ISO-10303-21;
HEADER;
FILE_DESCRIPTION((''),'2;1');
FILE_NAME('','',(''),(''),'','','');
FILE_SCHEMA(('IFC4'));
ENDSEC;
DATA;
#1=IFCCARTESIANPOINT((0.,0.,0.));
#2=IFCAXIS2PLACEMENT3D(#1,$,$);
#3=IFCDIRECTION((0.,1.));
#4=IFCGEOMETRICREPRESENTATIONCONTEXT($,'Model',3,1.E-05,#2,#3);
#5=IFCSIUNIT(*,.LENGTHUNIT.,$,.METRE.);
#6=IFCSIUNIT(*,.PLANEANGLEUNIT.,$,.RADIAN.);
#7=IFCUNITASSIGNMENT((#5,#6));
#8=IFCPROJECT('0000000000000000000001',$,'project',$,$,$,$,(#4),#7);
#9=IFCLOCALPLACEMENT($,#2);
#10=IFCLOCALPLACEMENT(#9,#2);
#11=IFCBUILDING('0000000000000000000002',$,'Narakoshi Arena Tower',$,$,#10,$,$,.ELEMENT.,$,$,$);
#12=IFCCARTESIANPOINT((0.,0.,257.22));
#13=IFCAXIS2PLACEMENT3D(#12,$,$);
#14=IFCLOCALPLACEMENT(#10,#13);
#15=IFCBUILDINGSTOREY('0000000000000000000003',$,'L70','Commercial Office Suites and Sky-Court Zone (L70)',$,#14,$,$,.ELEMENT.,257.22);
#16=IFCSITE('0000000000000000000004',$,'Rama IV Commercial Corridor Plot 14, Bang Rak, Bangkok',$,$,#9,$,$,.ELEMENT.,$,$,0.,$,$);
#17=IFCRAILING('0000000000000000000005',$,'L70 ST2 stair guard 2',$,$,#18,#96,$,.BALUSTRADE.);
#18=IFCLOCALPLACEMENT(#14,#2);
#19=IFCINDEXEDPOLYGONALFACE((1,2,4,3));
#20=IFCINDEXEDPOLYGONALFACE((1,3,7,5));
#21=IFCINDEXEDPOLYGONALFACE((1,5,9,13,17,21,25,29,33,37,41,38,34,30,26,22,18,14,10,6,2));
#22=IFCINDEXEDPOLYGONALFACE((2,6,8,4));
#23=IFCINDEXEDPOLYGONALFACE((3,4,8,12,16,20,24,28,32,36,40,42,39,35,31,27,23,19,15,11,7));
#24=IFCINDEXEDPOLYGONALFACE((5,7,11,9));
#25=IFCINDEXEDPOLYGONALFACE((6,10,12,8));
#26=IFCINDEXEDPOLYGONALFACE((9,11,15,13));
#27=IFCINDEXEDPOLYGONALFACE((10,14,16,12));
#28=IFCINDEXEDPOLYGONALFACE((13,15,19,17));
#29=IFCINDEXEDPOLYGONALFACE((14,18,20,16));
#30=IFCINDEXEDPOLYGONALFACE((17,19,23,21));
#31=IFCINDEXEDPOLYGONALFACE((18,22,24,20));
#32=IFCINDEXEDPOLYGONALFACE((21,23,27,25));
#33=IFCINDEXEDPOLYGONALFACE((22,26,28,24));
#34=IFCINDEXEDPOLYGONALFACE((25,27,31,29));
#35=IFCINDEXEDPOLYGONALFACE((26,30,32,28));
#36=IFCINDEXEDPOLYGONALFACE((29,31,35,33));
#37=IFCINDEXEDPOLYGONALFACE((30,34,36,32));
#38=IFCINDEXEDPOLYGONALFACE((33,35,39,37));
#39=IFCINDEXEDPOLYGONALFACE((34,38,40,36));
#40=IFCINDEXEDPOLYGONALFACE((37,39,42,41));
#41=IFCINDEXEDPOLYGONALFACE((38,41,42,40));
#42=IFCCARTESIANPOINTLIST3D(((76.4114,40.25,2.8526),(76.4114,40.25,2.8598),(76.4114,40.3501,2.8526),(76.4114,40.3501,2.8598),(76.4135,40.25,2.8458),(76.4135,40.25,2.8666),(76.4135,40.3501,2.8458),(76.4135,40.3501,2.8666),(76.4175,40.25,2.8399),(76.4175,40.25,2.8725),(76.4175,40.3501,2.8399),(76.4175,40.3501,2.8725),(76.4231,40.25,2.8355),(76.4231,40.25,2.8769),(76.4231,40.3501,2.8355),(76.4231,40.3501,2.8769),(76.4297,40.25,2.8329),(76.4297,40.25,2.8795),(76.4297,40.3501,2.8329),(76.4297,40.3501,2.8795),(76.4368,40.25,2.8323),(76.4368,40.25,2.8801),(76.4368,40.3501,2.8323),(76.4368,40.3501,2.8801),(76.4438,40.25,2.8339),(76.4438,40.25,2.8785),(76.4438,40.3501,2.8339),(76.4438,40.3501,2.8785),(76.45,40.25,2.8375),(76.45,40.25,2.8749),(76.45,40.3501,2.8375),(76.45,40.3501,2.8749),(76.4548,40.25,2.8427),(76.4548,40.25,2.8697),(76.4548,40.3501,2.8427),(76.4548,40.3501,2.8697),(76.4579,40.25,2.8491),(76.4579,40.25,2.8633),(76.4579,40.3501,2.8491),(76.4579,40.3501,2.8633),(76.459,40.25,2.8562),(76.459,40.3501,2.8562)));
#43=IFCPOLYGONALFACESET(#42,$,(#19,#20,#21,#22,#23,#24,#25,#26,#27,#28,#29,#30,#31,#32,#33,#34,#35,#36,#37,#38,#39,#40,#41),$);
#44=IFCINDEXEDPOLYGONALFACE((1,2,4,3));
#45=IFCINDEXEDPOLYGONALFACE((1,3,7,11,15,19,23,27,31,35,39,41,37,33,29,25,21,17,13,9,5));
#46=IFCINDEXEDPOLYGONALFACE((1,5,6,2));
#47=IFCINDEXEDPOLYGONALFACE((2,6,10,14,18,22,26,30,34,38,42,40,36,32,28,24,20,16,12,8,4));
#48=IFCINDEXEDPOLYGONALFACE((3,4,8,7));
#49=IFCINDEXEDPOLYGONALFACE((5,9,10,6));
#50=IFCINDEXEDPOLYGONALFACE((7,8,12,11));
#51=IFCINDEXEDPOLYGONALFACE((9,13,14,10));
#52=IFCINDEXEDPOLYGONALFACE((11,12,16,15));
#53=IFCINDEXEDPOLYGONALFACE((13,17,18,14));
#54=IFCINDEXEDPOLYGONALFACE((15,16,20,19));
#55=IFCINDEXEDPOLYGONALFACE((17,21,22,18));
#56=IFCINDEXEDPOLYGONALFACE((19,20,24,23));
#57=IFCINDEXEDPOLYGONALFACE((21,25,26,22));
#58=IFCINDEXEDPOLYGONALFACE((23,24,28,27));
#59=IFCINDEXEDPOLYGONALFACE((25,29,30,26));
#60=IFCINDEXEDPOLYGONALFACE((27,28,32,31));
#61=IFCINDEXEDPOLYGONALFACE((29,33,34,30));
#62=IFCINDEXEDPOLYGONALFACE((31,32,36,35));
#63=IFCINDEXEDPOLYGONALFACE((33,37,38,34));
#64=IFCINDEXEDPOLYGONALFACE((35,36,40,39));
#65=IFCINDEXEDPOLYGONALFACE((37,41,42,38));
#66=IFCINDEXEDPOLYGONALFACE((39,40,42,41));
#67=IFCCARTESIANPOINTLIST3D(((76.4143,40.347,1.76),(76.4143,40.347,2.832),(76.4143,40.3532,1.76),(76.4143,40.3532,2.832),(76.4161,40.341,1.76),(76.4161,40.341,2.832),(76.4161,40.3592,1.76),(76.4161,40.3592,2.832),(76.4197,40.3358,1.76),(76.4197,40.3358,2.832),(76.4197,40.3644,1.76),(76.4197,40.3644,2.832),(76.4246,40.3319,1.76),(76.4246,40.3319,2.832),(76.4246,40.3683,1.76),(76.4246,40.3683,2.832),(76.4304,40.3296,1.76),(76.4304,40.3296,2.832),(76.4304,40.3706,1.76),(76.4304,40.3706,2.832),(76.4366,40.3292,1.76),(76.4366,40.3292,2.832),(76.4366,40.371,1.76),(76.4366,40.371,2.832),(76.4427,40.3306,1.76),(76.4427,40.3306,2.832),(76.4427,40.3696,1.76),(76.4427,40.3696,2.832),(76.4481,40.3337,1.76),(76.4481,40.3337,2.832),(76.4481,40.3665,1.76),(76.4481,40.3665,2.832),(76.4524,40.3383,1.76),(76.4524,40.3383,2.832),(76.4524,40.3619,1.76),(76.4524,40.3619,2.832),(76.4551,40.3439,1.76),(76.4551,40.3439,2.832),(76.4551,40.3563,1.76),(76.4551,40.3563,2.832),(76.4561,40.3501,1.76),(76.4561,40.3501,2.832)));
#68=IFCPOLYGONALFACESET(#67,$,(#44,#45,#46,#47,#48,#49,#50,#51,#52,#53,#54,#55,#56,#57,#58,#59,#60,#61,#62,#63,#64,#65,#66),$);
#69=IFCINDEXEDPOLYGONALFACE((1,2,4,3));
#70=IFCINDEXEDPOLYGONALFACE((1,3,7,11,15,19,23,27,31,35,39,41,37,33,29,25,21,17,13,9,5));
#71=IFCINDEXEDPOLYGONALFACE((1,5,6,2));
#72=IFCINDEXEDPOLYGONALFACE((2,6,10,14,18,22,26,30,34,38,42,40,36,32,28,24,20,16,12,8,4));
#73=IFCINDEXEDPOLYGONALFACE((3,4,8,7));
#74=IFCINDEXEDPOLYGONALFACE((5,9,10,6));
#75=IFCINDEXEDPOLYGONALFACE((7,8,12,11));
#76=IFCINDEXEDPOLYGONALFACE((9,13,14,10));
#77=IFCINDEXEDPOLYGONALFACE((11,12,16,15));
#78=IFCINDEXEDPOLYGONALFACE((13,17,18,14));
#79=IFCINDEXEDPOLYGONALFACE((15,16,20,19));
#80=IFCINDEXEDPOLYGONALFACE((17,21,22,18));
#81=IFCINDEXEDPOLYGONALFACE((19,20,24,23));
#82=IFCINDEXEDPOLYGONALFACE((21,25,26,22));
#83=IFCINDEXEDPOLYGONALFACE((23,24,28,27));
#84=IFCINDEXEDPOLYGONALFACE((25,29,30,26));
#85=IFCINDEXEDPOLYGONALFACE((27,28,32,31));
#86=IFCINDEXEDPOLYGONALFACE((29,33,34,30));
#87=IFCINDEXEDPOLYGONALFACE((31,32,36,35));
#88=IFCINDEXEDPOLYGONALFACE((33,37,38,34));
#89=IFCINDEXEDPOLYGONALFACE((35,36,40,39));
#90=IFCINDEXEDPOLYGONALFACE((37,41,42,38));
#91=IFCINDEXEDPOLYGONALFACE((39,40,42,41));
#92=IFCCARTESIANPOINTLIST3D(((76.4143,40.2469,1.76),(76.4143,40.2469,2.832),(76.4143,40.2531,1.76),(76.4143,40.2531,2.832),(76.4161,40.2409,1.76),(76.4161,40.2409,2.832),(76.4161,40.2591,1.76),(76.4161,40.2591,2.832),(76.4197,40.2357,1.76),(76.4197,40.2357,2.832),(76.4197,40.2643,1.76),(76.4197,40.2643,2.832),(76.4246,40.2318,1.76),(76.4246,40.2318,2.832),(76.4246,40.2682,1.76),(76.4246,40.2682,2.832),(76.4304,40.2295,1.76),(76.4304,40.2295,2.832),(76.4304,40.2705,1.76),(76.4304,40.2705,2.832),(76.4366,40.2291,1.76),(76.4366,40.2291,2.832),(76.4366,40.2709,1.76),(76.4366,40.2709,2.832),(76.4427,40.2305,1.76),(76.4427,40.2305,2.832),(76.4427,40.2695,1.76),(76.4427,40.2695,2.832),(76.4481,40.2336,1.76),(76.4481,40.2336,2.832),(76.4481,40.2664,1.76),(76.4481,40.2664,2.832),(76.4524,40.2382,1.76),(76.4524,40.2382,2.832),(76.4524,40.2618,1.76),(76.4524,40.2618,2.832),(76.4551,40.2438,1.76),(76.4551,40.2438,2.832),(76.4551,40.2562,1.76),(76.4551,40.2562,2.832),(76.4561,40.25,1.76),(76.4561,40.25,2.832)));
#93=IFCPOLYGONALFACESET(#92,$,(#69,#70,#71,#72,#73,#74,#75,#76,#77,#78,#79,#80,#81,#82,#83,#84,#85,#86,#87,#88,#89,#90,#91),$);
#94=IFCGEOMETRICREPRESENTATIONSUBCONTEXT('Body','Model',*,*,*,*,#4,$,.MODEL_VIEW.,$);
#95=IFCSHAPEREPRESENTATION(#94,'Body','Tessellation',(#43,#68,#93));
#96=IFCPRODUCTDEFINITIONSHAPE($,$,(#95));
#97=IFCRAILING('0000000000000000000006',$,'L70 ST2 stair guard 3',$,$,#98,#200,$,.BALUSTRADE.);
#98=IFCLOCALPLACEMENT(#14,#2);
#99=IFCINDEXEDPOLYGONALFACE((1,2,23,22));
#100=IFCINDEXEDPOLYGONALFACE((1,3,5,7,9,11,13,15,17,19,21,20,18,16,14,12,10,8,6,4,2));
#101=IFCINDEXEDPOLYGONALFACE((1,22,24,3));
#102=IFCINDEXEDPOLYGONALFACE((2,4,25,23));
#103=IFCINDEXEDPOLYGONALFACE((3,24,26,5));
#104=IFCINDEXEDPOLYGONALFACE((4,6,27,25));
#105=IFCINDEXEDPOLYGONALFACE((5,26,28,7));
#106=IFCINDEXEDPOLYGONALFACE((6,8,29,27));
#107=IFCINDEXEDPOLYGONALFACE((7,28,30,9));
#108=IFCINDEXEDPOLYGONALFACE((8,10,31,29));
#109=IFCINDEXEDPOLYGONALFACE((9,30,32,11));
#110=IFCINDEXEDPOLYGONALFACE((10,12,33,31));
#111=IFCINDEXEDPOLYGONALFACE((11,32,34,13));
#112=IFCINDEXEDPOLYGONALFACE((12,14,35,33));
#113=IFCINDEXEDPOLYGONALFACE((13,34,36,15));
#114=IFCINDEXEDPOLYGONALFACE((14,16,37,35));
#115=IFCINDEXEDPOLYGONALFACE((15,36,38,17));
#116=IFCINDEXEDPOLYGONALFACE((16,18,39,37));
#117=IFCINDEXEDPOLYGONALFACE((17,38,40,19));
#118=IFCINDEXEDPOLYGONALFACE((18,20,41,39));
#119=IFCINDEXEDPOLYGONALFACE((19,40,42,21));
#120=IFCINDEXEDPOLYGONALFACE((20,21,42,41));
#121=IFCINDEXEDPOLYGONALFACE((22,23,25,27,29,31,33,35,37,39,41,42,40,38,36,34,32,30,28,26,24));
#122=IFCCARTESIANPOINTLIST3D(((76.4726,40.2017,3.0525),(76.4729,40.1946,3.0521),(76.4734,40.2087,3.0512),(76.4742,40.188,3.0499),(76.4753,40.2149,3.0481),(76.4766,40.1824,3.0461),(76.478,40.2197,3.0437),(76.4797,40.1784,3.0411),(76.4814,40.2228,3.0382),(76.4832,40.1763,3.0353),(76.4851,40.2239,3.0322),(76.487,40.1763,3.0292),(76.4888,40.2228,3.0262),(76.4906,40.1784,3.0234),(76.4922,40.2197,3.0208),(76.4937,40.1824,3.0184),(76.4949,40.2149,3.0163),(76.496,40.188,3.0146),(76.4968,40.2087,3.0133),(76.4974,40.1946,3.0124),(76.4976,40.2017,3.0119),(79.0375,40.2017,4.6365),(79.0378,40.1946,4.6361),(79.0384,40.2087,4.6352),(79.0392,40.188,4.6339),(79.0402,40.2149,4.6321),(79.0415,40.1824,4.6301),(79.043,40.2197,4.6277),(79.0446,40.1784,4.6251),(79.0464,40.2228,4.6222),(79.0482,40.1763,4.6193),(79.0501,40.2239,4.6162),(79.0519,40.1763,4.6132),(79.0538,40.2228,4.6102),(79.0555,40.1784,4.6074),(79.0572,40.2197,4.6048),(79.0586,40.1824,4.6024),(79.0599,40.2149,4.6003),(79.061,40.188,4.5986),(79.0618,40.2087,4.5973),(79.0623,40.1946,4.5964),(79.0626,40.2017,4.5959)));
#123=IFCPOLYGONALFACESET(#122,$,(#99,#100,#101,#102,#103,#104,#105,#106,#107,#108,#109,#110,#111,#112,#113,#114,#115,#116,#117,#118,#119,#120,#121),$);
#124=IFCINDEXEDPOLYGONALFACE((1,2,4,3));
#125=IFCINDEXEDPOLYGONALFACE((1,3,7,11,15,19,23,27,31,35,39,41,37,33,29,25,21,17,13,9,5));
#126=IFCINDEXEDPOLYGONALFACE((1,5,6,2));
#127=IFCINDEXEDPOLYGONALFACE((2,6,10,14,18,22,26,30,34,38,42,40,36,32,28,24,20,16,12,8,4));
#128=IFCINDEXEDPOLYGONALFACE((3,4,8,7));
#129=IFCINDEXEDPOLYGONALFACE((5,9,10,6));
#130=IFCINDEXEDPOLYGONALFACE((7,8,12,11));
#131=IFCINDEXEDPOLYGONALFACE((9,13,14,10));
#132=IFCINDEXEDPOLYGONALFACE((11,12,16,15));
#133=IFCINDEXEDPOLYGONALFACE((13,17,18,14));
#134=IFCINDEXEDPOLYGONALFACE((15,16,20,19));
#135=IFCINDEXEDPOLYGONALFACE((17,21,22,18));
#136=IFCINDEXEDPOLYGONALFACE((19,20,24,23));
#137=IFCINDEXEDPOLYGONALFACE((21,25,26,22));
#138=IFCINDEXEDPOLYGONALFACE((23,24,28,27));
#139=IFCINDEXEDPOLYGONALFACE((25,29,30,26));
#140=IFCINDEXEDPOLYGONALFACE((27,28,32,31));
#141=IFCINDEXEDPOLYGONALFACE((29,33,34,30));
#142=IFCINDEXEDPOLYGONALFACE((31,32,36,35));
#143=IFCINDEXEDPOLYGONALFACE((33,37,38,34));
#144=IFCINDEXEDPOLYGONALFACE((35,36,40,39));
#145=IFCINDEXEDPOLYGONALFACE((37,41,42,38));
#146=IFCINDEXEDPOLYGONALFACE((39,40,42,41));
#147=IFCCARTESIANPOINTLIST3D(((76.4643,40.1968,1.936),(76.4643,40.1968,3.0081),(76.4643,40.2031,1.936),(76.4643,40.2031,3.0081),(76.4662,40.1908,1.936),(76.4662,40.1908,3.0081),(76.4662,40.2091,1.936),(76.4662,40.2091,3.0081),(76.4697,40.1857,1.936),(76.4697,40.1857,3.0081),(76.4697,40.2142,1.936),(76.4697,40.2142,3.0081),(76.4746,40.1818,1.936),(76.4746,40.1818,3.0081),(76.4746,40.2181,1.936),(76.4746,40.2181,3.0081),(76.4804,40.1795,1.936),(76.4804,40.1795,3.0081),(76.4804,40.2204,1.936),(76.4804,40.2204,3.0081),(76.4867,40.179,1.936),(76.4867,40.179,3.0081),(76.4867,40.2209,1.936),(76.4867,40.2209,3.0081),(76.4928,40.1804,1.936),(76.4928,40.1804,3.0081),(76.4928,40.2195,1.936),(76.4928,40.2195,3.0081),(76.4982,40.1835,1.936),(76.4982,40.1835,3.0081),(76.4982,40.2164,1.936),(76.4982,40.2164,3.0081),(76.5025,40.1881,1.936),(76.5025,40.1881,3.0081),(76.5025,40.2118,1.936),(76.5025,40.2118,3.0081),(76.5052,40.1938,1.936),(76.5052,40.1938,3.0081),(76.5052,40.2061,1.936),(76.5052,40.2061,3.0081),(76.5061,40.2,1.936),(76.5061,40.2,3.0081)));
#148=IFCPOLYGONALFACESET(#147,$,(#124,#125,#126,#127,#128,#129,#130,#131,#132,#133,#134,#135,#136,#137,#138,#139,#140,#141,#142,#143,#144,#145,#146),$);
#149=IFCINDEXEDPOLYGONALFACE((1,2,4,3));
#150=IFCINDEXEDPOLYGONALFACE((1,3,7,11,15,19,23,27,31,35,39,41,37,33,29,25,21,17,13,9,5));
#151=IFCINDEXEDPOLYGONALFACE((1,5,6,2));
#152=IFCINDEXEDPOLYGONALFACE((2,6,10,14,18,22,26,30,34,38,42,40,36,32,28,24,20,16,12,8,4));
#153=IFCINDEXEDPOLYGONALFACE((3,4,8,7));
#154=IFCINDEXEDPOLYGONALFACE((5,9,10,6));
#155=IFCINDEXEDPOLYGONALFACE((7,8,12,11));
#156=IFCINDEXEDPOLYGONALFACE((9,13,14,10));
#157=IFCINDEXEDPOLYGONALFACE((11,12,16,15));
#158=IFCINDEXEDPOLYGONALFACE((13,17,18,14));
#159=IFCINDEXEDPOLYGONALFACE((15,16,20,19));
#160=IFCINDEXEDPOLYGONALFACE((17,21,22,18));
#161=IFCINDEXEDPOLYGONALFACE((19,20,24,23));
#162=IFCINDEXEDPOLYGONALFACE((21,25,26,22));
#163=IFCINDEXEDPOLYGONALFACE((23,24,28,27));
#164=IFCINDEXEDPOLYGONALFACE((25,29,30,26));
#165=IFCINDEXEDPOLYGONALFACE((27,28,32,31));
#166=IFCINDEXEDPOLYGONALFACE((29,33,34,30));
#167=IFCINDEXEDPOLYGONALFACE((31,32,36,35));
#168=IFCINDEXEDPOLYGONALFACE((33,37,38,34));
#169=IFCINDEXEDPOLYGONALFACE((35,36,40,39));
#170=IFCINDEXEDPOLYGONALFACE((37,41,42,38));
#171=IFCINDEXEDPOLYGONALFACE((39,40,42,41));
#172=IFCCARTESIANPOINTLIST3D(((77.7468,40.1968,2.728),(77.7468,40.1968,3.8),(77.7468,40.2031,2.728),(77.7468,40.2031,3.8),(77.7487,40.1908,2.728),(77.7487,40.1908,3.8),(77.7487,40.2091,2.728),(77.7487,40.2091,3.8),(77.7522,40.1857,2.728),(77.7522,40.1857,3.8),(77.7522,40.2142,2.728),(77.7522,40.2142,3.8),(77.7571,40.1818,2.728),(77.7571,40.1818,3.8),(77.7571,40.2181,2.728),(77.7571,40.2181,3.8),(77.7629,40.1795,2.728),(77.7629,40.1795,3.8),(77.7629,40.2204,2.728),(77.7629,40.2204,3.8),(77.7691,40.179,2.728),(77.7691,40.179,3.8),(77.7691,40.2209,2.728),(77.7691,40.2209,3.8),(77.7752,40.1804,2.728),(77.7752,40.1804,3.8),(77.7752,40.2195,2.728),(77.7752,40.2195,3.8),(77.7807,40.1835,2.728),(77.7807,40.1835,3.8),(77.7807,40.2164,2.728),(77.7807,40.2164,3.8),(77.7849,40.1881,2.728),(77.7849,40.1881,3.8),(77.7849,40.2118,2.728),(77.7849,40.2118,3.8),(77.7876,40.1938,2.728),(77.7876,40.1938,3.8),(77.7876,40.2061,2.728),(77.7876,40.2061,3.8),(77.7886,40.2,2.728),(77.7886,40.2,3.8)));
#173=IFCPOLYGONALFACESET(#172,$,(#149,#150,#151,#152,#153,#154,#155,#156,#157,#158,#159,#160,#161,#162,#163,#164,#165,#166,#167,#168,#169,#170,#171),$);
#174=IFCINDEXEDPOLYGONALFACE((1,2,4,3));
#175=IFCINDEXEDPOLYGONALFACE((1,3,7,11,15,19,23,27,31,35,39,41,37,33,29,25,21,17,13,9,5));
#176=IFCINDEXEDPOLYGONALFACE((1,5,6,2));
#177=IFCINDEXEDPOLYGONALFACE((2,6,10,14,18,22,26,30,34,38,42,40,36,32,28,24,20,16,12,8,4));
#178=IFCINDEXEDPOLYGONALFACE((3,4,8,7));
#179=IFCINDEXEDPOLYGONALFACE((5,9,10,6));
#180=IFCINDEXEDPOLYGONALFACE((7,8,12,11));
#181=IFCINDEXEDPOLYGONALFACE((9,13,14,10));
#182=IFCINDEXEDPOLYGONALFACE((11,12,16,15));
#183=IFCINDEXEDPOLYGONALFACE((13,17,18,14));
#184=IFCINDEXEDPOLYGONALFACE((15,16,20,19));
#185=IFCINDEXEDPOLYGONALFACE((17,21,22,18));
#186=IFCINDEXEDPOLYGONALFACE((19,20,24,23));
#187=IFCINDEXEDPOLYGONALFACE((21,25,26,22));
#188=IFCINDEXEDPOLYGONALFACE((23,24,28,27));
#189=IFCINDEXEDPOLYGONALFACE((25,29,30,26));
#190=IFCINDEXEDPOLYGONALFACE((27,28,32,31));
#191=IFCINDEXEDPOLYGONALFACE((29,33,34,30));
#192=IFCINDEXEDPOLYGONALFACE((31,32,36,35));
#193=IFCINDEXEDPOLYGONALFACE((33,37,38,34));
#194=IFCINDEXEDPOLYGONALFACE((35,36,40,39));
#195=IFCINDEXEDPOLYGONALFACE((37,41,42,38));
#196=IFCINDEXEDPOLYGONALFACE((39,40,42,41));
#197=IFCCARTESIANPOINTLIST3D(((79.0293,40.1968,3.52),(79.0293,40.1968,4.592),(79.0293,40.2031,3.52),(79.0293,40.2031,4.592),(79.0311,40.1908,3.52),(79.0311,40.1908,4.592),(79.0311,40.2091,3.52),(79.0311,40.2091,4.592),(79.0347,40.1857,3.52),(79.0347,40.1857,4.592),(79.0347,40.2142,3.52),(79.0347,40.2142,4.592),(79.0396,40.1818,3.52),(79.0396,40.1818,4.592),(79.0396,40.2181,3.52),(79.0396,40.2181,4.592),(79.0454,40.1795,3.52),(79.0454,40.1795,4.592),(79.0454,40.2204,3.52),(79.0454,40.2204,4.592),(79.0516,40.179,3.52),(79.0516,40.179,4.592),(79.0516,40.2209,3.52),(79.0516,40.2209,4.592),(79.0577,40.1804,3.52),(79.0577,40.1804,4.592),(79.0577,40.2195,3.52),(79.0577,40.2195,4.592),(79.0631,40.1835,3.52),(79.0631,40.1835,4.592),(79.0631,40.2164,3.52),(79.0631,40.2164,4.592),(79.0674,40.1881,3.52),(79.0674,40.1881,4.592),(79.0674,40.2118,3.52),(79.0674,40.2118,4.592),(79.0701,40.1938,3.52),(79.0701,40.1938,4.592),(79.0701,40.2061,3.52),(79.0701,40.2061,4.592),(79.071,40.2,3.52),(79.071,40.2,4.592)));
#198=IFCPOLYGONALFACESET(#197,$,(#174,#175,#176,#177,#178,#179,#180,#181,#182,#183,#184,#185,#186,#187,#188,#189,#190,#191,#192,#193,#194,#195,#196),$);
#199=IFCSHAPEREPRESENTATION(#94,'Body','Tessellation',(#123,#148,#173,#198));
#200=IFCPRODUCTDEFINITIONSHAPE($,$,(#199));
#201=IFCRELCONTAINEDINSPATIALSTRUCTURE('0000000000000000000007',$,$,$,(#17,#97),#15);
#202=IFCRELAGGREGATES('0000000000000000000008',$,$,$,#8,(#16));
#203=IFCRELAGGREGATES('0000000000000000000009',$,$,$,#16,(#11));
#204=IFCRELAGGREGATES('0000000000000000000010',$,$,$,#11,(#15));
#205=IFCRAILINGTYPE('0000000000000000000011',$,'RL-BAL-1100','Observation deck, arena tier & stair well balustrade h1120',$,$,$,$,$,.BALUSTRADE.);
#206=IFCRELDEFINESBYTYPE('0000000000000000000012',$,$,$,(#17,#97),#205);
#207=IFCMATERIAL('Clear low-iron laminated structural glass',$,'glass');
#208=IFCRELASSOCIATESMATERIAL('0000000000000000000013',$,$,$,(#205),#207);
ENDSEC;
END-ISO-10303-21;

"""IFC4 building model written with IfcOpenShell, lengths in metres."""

from ifc_helpers import new_model, si_unit, direction, frame, origin, origin_2d, place, context, subcontext, project, spatial, circle, extrude, material, type_object, element, save


model = new_model("IFC4")

# Units and contexts
model_context = context("Model", 3, precision=1e-05, world=origin(), true_north=direction((0.0, 1.0)))
body_context = subcontext(model_context, "Body", "Model", "MODEL_VIEW")
ifc_project = project(units=[si_unit("LENGTHUNIT", "METRE"), si_unit("PLANEANGLEUNIT", "RADIAN")], contexts=[model_context])

# Site, building, storey
site_placement = place(None, origin())
site = spatial("IfcSite", under=ifc_project, at=site_placement, Name="Rama IV Commercial Corridor Plot 14, Bang Rak, Bangkok", CompositionType="ELEMENT", RefElevation=0.0)
building_placement = place(site_placement, origin())
building = spatial("IfcBuilding", under=site, at=building_placement, Name="Narakoshi Arena Tower", CompositionType="ELEMENT")
storey_placement = place(building_placement, frame((0.0, 0.0, 257.22)))
storey = spatial("IfcBuildingStorey", under=building, at=storey_placement, Name="L70", Description="Commercial Office Suites and Sky-Court Zone (L70)", CompositionType="ELEMENT", Elevation=257.22)

# Railings
ifc_material_1 = material(Name="Clear low-iron laminated structural glass", Category="glass")
railing_type_1 = type_object("IfcRailingType", Name="RL-BAL-1100", Description="Observation deck, arena tier & stair well balustrade h1120", PredefinedType="BALUSTRADE", material=ifc_material_1)
railing_1_placement = place(storey_placement, frame((76.4351, 40.3501, 1.76)))
element("IfcRailing", 1, at=railing_1_placement, inside=storey, type_object=railing_type_1, Name="L70 ST2 stair guard 2", PredefinedType="BALUSTRADE", context=body_context, shape_type="SweptSolid", body=[
    extrude(circle(Radius=0.0239, at=origin_2d()), frame((0.0, 0.0, 1.0962), z_axis=(0.0, -1.0, 0.0), x_axis=(1.0, 0.0, 0.0)), (0.0, 0.0, 1.0), 0.1001),
    extrude(circle(Radius=0.021, at=origin_2d()), origin(), (0.0, 0.0, 1.0), 1.072),
    extrude(circle(Radius=0.021, at=origin_2d()), frame((0.0, -0.1001, 0.0)), (0.0, 0.0, 1.0), 1.072),
])
railing_2_placement = place(storey_placement, frame((76.4851, 40.2, 1.936)))
element("IfcRailing", 2, at=railing_2_placement, inside=storey, type_object=railing_type_1, Name="L70 ST2 stair guard 3", PredefinedType="BALUSTRADE", context=body_context, shape_type="SweptSolid", body=[
    extrude(circle(Radius=0.0239, at=origin_2d()), frame((0.0, 0.0, 1.0962), z_axis=(0.850834, 0.0, 0.525434), x_axis=(0.0, 1.0, 0.0)), (0.0, 0.0, 1.0), 3.0146),
    extrude(circle(Radius=0.021, at=origin_2d()), origin(), (0.0, 0.0, 1.0), 1.072),
    extrude(circle(Radius=0.021, at=origin_2d()), frame((1.2825, 0.0, 0.792)), (0.0, 0.0, 1.0), 1.072),
    extrude(circle(Radius=0.021, at=origin_2d()), frame((2.5649, 0.0, 1.584)), (0.0, 0.0, 1.0), 1.072),
])

save(model, "model.ifc")
